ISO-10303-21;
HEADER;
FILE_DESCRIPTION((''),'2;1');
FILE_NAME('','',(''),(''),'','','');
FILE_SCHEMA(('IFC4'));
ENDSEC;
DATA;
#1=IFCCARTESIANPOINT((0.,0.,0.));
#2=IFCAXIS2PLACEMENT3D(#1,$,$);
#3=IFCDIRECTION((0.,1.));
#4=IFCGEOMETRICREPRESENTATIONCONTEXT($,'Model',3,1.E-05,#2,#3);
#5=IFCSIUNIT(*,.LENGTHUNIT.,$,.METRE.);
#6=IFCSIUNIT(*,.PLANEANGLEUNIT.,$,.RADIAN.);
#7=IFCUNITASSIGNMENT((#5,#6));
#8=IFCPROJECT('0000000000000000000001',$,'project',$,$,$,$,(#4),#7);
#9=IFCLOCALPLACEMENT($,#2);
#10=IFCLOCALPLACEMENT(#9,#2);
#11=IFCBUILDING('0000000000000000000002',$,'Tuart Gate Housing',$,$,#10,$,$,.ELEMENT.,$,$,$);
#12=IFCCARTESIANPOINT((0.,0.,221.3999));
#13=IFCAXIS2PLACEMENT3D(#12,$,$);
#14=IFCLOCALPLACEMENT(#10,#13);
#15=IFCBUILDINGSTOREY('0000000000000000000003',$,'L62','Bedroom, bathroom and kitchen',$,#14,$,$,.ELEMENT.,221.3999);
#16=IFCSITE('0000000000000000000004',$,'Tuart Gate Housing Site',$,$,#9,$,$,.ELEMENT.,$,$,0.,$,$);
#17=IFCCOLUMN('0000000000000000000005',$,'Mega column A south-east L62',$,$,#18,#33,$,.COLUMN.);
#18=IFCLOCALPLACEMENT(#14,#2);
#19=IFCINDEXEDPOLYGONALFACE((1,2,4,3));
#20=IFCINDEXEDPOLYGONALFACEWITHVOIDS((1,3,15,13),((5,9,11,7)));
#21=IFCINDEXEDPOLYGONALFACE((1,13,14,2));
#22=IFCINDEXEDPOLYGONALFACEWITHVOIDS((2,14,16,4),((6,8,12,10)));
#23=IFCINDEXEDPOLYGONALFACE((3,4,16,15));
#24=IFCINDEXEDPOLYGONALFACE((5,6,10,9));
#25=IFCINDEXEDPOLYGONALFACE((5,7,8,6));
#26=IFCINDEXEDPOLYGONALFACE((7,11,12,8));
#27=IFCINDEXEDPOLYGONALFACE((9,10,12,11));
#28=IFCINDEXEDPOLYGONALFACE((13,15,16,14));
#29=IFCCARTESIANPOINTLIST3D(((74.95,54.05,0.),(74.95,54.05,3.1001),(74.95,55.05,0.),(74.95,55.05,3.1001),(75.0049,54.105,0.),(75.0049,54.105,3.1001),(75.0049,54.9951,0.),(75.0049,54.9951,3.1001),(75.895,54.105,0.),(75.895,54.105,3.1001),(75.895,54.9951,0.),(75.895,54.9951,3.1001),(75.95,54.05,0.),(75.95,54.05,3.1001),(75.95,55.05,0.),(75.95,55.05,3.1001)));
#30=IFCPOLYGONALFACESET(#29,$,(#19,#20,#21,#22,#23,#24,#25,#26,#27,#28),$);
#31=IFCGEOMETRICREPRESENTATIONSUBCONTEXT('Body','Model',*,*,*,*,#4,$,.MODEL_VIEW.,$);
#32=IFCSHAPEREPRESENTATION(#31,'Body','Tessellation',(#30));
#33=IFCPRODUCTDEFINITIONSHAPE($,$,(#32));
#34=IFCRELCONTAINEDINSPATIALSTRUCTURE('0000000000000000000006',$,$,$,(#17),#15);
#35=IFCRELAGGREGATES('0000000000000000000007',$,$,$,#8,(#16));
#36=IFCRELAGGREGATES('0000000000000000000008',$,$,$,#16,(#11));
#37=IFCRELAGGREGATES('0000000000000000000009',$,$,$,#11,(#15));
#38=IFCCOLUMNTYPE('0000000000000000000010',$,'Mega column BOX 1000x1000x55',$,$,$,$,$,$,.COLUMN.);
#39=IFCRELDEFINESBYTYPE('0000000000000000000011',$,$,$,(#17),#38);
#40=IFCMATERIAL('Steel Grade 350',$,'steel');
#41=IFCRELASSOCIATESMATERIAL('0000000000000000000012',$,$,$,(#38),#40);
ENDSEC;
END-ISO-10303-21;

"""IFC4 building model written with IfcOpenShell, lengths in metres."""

from ifc_helpers import new_model, si_unit, direction, frame, origin, origin_2d, place, context, subcontext, project, spatial, hollow_rectangle, extrude, material, material_profile, profile_set, type_object, element, save


model = new_model("IFC4")

# Units and contexts
model_context = context("Model", 3, precision=1e-05, world=origin(), true_north=direction((0.0, 1.0)))
body_context = subcontext(model_context, "Body", "Model", "MODEL_VIEW")
ifc_project = project(units=[si_unit("LENGTHUNIT", "METRE"), si_unit("PLANEANGLEUNIT", "RADIAN")], contexts=[model_context])

# Site, building, storey
site_placement = place(None, origin())
site = spatial("IfcSite", under=ifc_project, at=site_placement, Name="Tuart Gate Housing Site", CompositionType="ELEMENT", RefElevation=0.0)
building_placement = place(site_placement, origin())
building = spatial("IfcBuilding", under=site, at=building_placement, Name="Tuart Gate Housing", CompositionType="ELEMENT")
storey_placement = place(building_placement, frame((0.0, 0.0, 221.3999)))
storey = spatial("IfcBuildingStorey", under=building, at=storey_placement, Name="L62", Description="Bedroom, bathroom and kitchen", CompositionType="ELEMENT", Elevation=221.3999)

# Column
ifc_material_1 = material(Name="Steel Grade 350", Category="steel")
ifc_material_profile = material_profile(ifc_material_1, hollow_rectangle(XDim=1.0, YDim=1.0, WallThickness=0.0549, at=origin_2d()), Name="BOX 1000x1000x55")
ifc_profile_set = profile_set([ifc_material_profile], Name="Steel Grade 350")
column_type = type_object("IfcColumnType", Name="Mega column BOX 1000x1000x55", PredefinedType="COLUMN", material=ifc_profile_set)
column_placement = place(storey_placement, frame((75.45, 54.55, 0.0), z_axis=(0.0, 0.0, 1.0), x_axis=(1.0, 0.0, 0.0)))
element("IfcColumn", 1, at=column_placement, inside=storey, type_object=column_type, Name="Mega column A south-east L62", PredefinedType="COLUMN", context=body_context, shape_type="SweptSolid", body=[
    extrude(hollow_rectangle(XDim=1.0, YDim=1.0, WallThickness=0.0549, at=origin_2d()), origin(), (0.0, 0.0, 1.0), 3.1001),
])

save(model, "model.ifc")
